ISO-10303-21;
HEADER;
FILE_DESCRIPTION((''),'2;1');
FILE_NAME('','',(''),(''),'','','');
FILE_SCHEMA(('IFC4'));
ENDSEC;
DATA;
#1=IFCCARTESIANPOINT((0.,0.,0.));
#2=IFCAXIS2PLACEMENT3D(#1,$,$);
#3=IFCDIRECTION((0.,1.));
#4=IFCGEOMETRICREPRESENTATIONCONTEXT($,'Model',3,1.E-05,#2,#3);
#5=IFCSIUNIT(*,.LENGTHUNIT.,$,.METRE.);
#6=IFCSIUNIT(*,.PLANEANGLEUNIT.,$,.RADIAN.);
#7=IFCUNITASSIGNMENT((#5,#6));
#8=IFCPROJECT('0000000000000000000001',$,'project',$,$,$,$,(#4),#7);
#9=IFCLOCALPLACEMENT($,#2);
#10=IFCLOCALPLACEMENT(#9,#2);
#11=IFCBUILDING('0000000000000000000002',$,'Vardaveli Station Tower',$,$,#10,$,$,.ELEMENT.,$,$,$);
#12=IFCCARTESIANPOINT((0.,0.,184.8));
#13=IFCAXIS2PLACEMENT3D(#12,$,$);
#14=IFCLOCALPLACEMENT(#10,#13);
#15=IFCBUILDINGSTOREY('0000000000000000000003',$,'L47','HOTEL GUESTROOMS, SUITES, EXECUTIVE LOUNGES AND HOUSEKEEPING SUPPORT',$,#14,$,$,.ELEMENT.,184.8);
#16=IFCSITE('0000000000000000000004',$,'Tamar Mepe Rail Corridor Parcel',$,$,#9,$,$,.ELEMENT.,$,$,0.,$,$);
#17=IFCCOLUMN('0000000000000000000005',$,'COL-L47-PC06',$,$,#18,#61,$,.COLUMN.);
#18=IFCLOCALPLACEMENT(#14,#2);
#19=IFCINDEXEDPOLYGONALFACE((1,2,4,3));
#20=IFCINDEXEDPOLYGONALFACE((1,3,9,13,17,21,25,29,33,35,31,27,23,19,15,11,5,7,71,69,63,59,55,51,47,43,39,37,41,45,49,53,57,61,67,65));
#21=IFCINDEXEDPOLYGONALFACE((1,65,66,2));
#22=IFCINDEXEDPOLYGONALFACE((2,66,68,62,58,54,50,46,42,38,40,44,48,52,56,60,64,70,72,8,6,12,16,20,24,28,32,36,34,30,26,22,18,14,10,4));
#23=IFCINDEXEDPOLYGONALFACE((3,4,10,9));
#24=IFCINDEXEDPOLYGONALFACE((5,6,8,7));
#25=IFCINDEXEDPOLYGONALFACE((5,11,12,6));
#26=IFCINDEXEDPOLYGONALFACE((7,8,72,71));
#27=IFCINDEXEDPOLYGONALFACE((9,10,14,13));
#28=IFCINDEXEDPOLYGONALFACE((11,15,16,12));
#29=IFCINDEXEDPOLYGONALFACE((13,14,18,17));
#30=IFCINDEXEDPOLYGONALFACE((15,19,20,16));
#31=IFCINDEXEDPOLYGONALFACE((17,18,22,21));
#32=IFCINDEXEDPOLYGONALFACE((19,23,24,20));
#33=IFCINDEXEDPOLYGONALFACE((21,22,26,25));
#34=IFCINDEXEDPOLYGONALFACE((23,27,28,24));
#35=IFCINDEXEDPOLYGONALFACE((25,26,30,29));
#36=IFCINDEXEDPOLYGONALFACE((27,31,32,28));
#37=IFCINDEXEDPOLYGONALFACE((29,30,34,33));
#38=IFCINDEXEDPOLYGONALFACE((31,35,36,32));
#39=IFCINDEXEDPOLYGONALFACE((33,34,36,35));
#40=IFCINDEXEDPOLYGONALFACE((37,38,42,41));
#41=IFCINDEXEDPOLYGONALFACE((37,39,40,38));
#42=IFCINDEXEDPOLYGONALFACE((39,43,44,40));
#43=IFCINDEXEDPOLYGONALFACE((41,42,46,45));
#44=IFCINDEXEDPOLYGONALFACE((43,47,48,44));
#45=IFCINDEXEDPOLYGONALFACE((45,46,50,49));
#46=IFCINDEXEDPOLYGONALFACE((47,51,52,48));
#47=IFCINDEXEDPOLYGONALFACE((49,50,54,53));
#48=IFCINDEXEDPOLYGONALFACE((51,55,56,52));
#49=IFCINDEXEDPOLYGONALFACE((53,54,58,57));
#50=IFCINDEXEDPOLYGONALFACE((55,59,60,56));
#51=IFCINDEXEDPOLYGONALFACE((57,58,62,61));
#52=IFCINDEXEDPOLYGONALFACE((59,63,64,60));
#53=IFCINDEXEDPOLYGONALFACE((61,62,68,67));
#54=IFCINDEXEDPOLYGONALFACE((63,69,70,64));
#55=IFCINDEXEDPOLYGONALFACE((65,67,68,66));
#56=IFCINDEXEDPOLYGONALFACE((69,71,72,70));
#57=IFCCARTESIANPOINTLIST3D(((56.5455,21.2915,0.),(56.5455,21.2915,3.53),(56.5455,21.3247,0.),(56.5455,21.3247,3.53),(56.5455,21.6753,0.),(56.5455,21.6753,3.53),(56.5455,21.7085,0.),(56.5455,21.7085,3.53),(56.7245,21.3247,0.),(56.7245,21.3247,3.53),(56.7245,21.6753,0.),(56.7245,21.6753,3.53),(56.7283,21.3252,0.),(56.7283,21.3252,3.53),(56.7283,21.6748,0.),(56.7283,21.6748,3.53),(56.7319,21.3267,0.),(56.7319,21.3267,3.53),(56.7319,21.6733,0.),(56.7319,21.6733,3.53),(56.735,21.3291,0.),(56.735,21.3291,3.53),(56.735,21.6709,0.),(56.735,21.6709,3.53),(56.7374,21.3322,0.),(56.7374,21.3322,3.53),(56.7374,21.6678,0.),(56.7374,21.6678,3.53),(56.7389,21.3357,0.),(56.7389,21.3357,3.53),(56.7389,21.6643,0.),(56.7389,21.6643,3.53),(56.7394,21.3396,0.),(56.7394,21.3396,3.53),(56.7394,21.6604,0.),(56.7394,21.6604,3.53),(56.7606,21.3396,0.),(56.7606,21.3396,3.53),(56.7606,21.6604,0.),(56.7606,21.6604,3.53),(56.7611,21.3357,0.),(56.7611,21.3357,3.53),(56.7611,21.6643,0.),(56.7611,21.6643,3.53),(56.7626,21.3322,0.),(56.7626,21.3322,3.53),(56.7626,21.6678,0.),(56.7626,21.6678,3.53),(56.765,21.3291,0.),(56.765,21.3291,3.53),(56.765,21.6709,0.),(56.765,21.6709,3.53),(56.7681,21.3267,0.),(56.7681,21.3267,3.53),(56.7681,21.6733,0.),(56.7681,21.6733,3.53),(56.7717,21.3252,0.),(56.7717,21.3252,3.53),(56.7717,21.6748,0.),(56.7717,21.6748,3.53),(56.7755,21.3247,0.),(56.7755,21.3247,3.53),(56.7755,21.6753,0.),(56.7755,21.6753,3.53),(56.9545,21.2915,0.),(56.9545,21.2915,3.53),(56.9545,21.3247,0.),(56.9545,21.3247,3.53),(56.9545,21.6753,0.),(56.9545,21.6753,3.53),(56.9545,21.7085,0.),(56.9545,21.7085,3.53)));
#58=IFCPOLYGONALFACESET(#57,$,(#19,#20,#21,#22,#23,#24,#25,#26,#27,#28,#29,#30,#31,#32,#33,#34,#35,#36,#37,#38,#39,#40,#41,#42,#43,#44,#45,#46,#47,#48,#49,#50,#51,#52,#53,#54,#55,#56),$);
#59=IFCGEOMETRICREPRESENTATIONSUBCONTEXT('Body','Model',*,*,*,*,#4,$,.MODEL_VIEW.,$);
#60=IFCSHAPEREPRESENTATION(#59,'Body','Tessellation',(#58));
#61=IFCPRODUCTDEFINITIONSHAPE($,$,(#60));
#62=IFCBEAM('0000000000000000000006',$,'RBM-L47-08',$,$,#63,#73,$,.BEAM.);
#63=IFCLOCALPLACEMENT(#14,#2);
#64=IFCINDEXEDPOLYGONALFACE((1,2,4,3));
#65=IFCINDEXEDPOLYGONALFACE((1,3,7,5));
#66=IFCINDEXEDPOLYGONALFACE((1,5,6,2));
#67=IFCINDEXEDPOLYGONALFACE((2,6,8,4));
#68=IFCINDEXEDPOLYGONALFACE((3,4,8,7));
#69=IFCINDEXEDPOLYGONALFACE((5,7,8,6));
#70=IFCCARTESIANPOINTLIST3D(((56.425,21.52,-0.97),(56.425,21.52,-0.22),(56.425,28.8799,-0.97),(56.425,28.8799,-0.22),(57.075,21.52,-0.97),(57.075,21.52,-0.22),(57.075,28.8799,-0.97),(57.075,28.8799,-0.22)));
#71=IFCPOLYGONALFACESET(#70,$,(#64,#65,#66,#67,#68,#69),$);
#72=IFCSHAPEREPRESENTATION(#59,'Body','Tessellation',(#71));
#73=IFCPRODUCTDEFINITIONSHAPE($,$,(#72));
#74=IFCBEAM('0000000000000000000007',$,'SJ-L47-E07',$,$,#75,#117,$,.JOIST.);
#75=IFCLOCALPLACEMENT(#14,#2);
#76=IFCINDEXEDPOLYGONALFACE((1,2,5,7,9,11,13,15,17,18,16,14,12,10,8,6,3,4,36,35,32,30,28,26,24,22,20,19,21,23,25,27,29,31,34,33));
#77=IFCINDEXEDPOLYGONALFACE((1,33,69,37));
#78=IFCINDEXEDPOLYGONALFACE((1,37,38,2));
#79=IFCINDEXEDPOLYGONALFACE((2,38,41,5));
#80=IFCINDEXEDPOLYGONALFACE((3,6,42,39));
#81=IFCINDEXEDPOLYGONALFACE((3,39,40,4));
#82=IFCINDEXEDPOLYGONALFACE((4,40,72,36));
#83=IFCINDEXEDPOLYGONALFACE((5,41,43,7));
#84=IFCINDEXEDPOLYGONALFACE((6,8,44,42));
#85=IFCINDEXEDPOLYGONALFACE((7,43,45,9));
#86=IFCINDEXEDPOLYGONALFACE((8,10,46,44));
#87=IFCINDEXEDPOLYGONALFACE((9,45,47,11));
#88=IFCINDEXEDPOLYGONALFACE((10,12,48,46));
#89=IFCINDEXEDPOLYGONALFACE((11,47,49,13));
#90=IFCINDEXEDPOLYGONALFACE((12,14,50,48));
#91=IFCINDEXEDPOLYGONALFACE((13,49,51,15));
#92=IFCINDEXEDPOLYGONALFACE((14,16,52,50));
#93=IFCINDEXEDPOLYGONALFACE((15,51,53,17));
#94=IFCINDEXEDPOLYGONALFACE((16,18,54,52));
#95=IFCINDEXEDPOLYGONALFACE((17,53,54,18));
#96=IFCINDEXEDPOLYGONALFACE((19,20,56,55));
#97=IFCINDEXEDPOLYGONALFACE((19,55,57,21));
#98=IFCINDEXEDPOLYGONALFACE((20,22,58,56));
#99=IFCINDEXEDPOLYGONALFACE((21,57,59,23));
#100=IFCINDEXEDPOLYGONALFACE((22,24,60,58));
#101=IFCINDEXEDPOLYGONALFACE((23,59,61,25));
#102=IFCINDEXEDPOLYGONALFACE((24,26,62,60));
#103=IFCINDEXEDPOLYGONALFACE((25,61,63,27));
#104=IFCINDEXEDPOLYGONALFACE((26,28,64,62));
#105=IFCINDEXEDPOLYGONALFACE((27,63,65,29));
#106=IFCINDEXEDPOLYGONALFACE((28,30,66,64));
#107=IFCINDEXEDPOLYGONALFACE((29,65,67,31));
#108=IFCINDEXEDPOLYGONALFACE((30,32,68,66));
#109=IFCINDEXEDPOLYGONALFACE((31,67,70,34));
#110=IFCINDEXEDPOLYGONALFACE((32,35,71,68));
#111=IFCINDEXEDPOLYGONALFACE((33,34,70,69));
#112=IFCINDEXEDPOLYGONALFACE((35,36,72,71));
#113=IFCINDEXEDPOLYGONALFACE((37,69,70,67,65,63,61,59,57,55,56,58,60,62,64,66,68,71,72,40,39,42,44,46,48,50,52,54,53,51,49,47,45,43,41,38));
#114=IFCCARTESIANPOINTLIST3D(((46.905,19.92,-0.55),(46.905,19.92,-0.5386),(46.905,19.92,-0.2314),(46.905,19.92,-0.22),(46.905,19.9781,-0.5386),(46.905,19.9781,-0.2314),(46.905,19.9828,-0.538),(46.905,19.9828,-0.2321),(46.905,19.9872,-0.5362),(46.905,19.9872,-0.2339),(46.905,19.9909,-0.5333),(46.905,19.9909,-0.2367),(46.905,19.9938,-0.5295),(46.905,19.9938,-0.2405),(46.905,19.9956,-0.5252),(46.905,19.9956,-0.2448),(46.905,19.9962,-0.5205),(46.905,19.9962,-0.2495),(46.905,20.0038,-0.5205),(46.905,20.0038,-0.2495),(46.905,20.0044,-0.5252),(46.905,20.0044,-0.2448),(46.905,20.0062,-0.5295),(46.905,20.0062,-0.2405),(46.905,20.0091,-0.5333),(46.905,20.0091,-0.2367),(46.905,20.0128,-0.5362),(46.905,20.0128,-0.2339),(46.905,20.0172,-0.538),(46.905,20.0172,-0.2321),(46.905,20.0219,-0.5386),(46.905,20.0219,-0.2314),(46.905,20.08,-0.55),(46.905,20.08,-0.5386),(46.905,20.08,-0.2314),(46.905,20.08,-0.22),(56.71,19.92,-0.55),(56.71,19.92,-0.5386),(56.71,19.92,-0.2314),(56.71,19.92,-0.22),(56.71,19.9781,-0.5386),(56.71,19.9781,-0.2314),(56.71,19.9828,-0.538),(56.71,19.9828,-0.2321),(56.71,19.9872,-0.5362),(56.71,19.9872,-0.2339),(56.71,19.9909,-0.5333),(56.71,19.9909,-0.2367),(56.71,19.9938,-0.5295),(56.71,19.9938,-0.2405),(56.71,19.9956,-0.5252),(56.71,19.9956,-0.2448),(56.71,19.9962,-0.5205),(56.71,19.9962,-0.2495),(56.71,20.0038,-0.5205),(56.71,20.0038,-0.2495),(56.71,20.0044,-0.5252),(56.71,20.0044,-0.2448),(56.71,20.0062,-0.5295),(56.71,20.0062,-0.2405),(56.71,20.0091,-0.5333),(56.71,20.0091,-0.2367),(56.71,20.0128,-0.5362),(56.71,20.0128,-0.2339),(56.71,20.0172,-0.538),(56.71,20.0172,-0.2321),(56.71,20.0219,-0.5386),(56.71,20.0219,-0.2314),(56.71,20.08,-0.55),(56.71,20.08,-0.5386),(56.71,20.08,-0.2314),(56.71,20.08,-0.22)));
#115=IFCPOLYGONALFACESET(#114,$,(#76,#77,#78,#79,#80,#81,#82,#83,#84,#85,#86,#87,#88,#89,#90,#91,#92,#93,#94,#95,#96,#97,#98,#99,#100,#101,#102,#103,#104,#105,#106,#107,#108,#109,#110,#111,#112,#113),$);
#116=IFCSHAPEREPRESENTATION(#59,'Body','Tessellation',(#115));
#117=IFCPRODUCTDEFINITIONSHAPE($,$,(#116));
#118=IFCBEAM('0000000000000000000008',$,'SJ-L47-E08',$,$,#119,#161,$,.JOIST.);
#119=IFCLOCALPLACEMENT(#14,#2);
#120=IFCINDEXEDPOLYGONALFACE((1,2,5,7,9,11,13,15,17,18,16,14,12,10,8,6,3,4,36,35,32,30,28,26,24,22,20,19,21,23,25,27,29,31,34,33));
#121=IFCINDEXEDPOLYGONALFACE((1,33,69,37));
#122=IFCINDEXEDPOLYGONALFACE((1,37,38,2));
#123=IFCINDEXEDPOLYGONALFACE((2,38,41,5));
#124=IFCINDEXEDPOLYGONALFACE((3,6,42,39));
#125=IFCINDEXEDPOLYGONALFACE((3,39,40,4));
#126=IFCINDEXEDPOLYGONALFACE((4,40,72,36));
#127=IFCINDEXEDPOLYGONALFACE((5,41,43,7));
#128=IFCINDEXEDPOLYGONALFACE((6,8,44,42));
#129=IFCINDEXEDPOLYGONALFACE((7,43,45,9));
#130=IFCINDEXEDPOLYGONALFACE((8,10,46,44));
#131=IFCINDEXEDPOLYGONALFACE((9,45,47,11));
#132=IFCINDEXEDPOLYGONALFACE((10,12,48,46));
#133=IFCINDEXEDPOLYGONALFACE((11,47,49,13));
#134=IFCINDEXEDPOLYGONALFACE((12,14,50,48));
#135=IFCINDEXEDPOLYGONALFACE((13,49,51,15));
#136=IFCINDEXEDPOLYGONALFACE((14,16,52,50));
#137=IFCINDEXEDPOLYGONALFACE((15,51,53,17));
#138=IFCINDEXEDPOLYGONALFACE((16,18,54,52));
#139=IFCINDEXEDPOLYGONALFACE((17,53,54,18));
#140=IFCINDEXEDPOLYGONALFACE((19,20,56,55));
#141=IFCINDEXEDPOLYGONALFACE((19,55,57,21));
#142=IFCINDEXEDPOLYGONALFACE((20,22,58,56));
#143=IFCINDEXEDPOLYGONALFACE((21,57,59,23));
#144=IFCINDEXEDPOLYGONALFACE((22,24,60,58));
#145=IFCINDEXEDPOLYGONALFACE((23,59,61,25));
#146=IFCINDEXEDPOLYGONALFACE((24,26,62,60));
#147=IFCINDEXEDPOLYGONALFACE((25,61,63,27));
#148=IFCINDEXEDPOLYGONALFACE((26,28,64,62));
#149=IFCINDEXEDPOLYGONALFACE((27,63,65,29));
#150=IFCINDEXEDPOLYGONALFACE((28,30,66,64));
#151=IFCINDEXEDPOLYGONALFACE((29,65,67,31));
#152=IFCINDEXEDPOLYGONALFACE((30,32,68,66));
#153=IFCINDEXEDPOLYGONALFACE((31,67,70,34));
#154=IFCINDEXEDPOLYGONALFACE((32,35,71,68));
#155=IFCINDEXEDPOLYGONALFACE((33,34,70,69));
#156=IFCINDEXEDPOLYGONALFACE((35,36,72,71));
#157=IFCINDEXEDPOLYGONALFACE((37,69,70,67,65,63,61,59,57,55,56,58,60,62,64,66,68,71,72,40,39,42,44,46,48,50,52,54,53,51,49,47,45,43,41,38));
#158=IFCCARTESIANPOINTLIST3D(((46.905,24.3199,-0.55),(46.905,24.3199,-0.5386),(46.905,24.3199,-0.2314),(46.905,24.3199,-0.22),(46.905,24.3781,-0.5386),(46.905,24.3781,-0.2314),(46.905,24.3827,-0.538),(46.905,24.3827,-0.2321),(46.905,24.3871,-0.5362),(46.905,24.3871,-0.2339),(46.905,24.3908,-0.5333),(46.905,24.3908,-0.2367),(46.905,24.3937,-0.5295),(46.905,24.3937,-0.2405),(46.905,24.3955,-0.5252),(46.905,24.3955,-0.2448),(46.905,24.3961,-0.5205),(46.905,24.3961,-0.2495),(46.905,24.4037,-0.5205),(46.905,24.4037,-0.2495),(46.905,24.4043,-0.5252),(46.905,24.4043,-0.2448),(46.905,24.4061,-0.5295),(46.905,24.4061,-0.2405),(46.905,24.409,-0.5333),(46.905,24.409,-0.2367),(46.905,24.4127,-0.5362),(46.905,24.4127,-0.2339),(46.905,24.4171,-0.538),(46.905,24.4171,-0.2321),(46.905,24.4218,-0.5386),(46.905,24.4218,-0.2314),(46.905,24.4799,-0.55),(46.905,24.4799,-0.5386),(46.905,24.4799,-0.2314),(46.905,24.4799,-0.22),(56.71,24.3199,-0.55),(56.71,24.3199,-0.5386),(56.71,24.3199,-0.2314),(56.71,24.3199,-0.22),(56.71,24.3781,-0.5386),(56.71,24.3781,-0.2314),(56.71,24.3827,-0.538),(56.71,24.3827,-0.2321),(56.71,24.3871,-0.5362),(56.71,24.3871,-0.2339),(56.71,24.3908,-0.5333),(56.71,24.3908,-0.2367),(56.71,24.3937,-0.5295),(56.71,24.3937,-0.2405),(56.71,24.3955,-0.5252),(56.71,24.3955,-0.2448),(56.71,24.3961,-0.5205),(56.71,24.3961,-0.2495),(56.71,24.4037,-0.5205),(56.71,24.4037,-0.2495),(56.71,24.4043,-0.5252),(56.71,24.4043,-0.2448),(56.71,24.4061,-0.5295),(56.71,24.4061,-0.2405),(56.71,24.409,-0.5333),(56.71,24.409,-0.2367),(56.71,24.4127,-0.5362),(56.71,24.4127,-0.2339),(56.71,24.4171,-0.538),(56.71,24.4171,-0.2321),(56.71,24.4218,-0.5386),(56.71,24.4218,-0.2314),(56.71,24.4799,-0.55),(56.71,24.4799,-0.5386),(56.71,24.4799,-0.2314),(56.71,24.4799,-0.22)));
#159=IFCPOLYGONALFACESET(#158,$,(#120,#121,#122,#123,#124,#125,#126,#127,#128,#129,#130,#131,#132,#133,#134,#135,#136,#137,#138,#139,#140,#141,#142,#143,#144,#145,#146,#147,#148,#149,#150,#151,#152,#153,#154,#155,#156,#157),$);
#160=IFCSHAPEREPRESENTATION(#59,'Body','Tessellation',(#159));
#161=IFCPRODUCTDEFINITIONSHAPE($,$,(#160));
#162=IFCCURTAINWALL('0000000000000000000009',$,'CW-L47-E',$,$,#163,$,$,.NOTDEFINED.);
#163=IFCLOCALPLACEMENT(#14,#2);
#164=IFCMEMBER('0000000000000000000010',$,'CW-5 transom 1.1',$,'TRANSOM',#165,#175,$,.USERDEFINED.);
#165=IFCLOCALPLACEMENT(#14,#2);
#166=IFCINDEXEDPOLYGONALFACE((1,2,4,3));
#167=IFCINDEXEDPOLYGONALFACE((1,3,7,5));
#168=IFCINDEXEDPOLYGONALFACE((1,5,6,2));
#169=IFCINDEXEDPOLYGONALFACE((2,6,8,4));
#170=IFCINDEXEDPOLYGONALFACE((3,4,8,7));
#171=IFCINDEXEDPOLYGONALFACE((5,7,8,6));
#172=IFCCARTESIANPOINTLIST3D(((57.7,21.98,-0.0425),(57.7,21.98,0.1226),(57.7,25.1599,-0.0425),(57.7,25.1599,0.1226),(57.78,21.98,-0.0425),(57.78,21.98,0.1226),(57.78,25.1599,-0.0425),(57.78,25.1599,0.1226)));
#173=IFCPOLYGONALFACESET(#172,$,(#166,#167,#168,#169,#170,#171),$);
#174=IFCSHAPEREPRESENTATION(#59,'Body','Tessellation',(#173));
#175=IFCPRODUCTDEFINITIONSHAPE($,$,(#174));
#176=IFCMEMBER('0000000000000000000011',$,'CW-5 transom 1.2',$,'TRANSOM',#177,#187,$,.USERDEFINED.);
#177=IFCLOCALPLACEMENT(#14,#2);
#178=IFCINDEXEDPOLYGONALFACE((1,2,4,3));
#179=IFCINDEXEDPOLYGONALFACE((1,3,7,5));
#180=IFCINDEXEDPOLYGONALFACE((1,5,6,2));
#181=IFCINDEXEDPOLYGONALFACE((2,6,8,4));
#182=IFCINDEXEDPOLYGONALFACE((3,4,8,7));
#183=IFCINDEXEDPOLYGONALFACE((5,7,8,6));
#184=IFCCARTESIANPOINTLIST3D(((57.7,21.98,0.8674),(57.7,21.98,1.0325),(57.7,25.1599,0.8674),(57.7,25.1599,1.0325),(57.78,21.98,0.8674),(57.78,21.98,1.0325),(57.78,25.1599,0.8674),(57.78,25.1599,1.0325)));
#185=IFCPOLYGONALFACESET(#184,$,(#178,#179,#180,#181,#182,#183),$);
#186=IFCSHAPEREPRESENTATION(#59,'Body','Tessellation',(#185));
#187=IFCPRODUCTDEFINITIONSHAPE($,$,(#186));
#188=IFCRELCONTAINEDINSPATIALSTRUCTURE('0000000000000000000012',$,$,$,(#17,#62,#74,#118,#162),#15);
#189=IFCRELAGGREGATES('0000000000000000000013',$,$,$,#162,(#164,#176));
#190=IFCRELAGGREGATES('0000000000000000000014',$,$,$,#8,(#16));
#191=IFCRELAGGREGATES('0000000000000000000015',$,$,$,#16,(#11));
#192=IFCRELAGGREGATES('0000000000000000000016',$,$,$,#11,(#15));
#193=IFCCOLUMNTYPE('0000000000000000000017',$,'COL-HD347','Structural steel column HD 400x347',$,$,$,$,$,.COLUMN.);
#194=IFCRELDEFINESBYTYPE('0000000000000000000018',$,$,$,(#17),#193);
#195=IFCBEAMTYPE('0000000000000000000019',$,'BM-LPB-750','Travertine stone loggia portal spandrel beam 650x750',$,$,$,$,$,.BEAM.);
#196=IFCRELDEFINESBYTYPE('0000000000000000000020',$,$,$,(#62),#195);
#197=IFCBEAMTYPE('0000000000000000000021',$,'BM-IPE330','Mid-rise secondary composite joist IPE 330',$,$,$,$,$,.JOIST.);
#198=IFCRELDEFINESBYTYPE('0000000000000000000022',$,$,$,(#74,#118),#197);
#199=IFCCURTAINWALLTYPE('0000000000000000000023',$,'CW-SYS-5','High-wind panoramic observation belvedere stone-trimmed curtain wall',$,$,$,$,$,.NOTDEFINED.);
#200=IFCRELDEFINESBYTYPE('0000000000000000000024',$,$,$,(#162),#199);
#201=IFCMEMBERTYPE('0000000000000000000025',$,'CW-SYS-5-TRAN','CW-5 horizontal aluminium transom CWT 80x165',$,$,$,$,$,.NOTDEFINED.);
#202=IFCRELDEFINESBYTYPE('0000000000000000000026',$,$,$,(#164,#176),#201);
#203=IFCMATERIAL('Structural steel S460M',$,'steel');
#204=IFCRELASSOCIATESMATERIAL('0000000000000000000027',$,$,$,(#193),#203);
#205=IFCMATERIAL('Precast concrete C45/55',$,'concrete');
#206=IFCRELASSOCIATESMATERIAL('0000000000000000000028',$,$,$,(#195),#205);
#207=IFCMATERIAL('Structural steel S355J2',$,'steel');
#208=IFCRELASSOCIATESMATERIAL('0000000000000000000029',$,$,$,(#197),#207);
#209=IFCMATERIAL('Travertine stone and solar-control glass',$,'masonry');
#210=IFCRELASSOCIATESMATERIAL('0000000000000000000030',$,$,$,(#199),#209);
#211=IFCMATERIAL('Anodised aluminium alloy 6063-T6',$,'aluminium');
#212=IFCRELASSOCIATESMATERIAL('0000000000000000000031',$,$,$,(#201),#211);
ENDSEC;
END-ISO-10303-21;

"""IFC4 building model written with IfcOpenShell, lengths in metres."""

from ifc_helpers import new_model, si_unit, direction, frame, origin, origin_2d, place, context, subcontext, project, spatial, rectangle, i_section, extrude, source, transform, mapped, material, material_profile, profile_set, type_object, element, aggregate, save


model = new_model("IFC4")

# Units and contexts
model_context = context("Model", 3, precision=1e-05, world=origin(), true_north=direction((0.0, 1.0)))
body_context = subcontext(model_context, "Body", "Model", "MODEL_VIEW")
ifc_project = project(units=[si_unit("LENGTHUNIT", "METRE"), si_unit("PLANEANGLEUNIT", "RADIAN")], contexts=[model_context])

# Site, building, storey
site_placement = place(None, origin())
site = spatial("IfcSite", under=ifc_project, at=site_placement, Name="Tamar Mepe Rail Corridor Parcel", CompositionType="ELEMENT", RefElevation=0.0)
building_placement = place(site_placement, origin())
building = spatial("IfcBuilding", under=site, at=building_placement, Name="Vardaveli Station Tower", CompositionType="ELEMENT")
storey_placement = place(building_placement, frame((0.0, 0.0, 184.8)))
storey = spatial("IfcBuildingStorey", under=building, at=storey_placement, Name="L47", Description="HOTEL GUESTROOMS, SUITES, EXECUTIVE LOUNGES AND HOUSEKEEPING SUPPORT", CompositionType="ELEMENT", Elevation=184.8)

# Column
ifc_material_1 = material(Name="Structural steel S460M", Category="steel")
ifc_material_profile_1 = material_profile(ifc_material_1, i_section(OverallWidth=0.4089, OverallDepth=0.417, WebThickness=0.0212, FlangeThickness=0.0332, FilletRadius=0.0149, at=origin_2d()), Name="HD 400x347")
ifc_profile_set_1 = profile_set([ifc_material_profile_1], Name="Structural steel S460M")
column_type = type_object("IfcColumnType", Name="COL-HD347", Description="Structural steel column HD 400x347", PredefinedType="COLUMN", material=ifc_profile_set_1)
shared_shape_1 = source(origin(), body_context, "Body", "SweptSolid", [
    extrude(i_section(OverallWidth=0.4089, OverallDepth=0.417, WebThickness=0.0212, FlangeThickness=0.0332, FilletRadius=0.0149, at=origin_2d()), origin(), (0.0, 0.0, 1.0), 3.53),
])
column_placement = place(storey_placement, frame((56.75, 21.5, 0.0), z_axis=(0.0, 0.0, 1.0), x_axis=(1.0, 0.0, 0.0)))
element("IfcColumn", 1, at=column_placement, inside=storey, type_object=column_type, Name="COL-L47-PC06", PredefinedType="COLUMN", context=body_context, shape_type="MappedRepresentation", body=[
    mapped(shared_shape_1, transform((0.0, 0.0, 0.0), scale=1.0)),
])

# Beams
ifc_material_2 = material(Name="Precast concrete C45/55", Category="concrete")
ifc_material_profile_2 = material_profile(ifc_material_2, rectangle(XDim=0.6499, YDim=0.75, at=origin_2d()), Name="LPB 650x750")
ifc_profile_set_2 = profile_set([ifc_material_profile_2], Name="Precast concrete C45/55")
beam_type_1 = type_object("IfcBeamType", Name="BM-LPB-750", Description="Travertine stone loggia portal spandrel beam 650x750", PredefinedType="BEAM", material=ifc_profile_set_2)
shared_shape_2 = source(origin(), body_context, "Body", "SweptSolid", [
    extrude(rectangle(XDim=0.6499, YDim=0.75, at=origin_2d()), origin(), (0.0, 0.0, 1.0), 7.3599),
])
beam_placement = place(storey_placement, frame((56.75, 21.52, -0.595), z_axis=(0.0, 1.0, 0.0), x_axis=(-1.0, 0.0, 0.0)))
element("IfcBeam", 2, at=beam_placement, inside=storey, type_object=beam_type_1, Name="RBM-L47-08", PredefinedType="BEAM", context=body_context, shape_type="MappedRepresentation", body=[
    mapped(shared_shape_2, transform((0.0, 0.0, 0.0), scale=1.0)),
])
ifc_material_3 = material(Name="Structural steel S355J2", Category="steel")
ifc_material_profile_3 = material_profile(ifc_material_3, i_section(OverallWidth=0.1599, OverallDepth=0.3301, WebThickness=0.0076, FlangeThickness=0.0115, FilletRadius=0.0181, at=origin_2d()), Name="IPE 330")
ifc_profile_set_3 = profile_set([ifc_material_profile_3], Name="Structural steel S355J2")
beam_type_2 = type_object("IfcBeamType", Name="BM-IPE330", Description="Mid-rise secondary composite joist IPE 330", PredefinedType="JOIST", material=ifc_profile_set_3)
shared_shape_3 = source(origin(), body_context, "Body", "SweptSolid", [
    extrude(i_section(OverallWidth=0.1599, OverallDepth=0.3301, WebThickness=0.0076, FlangeThickness=0.0115, FilletRadius=0.0181, at=origin_2d()), origin(), (0.0, 0.0, 1.0), 9.8049),
])
for number, where, z_axis, x_axis, name in (
    (3, (46.905, 20.0, -0.385), (1.0, 0.0, 0.0), (0.0, 1.0, 0.0), "SJ-L47-E07"),
    (4, (46.905, 24.3999, -0.385), (1.0, 0.0, 0.0), (0.0, 1.0, 0.0), "SJ-L47-E08"),
):
    element("IfcBeam", number, at=place(storey_placement, frame(where, z_axis=z_axis, x_axis=x_axis)), inside=storey, type_object=beam_type_2, Name=name, PredefinedType="JOIST", context=body_context, shape_type="MappedRepresentation", body=[
        mapped(shared_shape_3, transform((0.0, 0.0, 0.0), scale=1.0)),
    ])

# Curtain wall, members
ifc_material_4 = material(Name="Travertine stone and solar-control glass", Category="masonry")
curtain_wall_type = type_object("IfcCurtainWallType", Name="CW-SYS-5", Description="High-wind panoramic observation belvedere stone-trimmed curtain wall", PredefinedType="NOTDEFINED", material=ifc_material_4)
curtain_wall_placement = place(storey_placement, origin())
curtain_wall = element("IfcCurtainWall", 5, at=curtain_wall_placement, inside=storey, type_object=curtain_wall_type, Name="CW-L47-E", PredefinedType="NOTDEFINED")
ifc_material_5 = material(Name="Anodised aluminium alloy 6063-T6", Category="aluminium")
ifc_material_profile_4 = material_profile(ifc_material_5, rectangle(XDim=0.0801, YDim=0.165, at=origin_2d()), Name="CWT 80x165")
ifc_profile_set_4 = profile_set([ifc_material_profile_4], Name="Anodised aluminium alloy 6063-T6")
member_type_1 = type_object("IfcMemberType", Name="CW-SYS-5-TRAN", Description="CW-5 horizontal aluminium transom CWT 80x165", PredefinedType="NOTDEFINED", material=ifc_profile_set_4)
shared_shape_4 = source(origin(), body_context, "Body", "SweptSolid", [
    extrude(rectangle(XDim=0.0801, YDim=0.165, at=origin_2d()), origin(), (0.0, 0.0, 1.0), 3.1799),
])
member_1_placement = place(storey_placement, frame((57.74, 21.98, 0.04), z_axis=(0.0, 1.0, 0.0), x_axis=(-1.0, 0.0, 0.0)))
member_1 = element("IfcMember", 6, at=member_1_placement, type_object=member_type_1, Name="CW-5 transom 1.1", ObjectType="TRANSOM", PredefinedType="USERDEFINED", context=body_context, shape_type="MappedRepresentation", body=[
    mapped(shared_shape_4, transform((0.0, 0.0, 0.0), scale=1.0)),
])
member_2_placement = place(storey_placement, frame((57.74, 21.98, 0.95), z_axis=(0.0, 1.0, 0.0), x_axis=(-1.0, 0.0, 0.0)))
member_2 = element("IfcMember", 7, at=member_2_placement, type_object=member_type_1, Name="CW-5 transom 1.2", ObjectType="TRANSOM", PredefinedType="USERDEFINED", context=body_context, shape_type="MappedRepresentation", body=[
    mapped(shared_shape_4, transform((0.0, 0.0, 0.0), scale=1.0)),
])
aggregate(curtain_wall, [member_1, member_2])

save(model, "model.ifc")
